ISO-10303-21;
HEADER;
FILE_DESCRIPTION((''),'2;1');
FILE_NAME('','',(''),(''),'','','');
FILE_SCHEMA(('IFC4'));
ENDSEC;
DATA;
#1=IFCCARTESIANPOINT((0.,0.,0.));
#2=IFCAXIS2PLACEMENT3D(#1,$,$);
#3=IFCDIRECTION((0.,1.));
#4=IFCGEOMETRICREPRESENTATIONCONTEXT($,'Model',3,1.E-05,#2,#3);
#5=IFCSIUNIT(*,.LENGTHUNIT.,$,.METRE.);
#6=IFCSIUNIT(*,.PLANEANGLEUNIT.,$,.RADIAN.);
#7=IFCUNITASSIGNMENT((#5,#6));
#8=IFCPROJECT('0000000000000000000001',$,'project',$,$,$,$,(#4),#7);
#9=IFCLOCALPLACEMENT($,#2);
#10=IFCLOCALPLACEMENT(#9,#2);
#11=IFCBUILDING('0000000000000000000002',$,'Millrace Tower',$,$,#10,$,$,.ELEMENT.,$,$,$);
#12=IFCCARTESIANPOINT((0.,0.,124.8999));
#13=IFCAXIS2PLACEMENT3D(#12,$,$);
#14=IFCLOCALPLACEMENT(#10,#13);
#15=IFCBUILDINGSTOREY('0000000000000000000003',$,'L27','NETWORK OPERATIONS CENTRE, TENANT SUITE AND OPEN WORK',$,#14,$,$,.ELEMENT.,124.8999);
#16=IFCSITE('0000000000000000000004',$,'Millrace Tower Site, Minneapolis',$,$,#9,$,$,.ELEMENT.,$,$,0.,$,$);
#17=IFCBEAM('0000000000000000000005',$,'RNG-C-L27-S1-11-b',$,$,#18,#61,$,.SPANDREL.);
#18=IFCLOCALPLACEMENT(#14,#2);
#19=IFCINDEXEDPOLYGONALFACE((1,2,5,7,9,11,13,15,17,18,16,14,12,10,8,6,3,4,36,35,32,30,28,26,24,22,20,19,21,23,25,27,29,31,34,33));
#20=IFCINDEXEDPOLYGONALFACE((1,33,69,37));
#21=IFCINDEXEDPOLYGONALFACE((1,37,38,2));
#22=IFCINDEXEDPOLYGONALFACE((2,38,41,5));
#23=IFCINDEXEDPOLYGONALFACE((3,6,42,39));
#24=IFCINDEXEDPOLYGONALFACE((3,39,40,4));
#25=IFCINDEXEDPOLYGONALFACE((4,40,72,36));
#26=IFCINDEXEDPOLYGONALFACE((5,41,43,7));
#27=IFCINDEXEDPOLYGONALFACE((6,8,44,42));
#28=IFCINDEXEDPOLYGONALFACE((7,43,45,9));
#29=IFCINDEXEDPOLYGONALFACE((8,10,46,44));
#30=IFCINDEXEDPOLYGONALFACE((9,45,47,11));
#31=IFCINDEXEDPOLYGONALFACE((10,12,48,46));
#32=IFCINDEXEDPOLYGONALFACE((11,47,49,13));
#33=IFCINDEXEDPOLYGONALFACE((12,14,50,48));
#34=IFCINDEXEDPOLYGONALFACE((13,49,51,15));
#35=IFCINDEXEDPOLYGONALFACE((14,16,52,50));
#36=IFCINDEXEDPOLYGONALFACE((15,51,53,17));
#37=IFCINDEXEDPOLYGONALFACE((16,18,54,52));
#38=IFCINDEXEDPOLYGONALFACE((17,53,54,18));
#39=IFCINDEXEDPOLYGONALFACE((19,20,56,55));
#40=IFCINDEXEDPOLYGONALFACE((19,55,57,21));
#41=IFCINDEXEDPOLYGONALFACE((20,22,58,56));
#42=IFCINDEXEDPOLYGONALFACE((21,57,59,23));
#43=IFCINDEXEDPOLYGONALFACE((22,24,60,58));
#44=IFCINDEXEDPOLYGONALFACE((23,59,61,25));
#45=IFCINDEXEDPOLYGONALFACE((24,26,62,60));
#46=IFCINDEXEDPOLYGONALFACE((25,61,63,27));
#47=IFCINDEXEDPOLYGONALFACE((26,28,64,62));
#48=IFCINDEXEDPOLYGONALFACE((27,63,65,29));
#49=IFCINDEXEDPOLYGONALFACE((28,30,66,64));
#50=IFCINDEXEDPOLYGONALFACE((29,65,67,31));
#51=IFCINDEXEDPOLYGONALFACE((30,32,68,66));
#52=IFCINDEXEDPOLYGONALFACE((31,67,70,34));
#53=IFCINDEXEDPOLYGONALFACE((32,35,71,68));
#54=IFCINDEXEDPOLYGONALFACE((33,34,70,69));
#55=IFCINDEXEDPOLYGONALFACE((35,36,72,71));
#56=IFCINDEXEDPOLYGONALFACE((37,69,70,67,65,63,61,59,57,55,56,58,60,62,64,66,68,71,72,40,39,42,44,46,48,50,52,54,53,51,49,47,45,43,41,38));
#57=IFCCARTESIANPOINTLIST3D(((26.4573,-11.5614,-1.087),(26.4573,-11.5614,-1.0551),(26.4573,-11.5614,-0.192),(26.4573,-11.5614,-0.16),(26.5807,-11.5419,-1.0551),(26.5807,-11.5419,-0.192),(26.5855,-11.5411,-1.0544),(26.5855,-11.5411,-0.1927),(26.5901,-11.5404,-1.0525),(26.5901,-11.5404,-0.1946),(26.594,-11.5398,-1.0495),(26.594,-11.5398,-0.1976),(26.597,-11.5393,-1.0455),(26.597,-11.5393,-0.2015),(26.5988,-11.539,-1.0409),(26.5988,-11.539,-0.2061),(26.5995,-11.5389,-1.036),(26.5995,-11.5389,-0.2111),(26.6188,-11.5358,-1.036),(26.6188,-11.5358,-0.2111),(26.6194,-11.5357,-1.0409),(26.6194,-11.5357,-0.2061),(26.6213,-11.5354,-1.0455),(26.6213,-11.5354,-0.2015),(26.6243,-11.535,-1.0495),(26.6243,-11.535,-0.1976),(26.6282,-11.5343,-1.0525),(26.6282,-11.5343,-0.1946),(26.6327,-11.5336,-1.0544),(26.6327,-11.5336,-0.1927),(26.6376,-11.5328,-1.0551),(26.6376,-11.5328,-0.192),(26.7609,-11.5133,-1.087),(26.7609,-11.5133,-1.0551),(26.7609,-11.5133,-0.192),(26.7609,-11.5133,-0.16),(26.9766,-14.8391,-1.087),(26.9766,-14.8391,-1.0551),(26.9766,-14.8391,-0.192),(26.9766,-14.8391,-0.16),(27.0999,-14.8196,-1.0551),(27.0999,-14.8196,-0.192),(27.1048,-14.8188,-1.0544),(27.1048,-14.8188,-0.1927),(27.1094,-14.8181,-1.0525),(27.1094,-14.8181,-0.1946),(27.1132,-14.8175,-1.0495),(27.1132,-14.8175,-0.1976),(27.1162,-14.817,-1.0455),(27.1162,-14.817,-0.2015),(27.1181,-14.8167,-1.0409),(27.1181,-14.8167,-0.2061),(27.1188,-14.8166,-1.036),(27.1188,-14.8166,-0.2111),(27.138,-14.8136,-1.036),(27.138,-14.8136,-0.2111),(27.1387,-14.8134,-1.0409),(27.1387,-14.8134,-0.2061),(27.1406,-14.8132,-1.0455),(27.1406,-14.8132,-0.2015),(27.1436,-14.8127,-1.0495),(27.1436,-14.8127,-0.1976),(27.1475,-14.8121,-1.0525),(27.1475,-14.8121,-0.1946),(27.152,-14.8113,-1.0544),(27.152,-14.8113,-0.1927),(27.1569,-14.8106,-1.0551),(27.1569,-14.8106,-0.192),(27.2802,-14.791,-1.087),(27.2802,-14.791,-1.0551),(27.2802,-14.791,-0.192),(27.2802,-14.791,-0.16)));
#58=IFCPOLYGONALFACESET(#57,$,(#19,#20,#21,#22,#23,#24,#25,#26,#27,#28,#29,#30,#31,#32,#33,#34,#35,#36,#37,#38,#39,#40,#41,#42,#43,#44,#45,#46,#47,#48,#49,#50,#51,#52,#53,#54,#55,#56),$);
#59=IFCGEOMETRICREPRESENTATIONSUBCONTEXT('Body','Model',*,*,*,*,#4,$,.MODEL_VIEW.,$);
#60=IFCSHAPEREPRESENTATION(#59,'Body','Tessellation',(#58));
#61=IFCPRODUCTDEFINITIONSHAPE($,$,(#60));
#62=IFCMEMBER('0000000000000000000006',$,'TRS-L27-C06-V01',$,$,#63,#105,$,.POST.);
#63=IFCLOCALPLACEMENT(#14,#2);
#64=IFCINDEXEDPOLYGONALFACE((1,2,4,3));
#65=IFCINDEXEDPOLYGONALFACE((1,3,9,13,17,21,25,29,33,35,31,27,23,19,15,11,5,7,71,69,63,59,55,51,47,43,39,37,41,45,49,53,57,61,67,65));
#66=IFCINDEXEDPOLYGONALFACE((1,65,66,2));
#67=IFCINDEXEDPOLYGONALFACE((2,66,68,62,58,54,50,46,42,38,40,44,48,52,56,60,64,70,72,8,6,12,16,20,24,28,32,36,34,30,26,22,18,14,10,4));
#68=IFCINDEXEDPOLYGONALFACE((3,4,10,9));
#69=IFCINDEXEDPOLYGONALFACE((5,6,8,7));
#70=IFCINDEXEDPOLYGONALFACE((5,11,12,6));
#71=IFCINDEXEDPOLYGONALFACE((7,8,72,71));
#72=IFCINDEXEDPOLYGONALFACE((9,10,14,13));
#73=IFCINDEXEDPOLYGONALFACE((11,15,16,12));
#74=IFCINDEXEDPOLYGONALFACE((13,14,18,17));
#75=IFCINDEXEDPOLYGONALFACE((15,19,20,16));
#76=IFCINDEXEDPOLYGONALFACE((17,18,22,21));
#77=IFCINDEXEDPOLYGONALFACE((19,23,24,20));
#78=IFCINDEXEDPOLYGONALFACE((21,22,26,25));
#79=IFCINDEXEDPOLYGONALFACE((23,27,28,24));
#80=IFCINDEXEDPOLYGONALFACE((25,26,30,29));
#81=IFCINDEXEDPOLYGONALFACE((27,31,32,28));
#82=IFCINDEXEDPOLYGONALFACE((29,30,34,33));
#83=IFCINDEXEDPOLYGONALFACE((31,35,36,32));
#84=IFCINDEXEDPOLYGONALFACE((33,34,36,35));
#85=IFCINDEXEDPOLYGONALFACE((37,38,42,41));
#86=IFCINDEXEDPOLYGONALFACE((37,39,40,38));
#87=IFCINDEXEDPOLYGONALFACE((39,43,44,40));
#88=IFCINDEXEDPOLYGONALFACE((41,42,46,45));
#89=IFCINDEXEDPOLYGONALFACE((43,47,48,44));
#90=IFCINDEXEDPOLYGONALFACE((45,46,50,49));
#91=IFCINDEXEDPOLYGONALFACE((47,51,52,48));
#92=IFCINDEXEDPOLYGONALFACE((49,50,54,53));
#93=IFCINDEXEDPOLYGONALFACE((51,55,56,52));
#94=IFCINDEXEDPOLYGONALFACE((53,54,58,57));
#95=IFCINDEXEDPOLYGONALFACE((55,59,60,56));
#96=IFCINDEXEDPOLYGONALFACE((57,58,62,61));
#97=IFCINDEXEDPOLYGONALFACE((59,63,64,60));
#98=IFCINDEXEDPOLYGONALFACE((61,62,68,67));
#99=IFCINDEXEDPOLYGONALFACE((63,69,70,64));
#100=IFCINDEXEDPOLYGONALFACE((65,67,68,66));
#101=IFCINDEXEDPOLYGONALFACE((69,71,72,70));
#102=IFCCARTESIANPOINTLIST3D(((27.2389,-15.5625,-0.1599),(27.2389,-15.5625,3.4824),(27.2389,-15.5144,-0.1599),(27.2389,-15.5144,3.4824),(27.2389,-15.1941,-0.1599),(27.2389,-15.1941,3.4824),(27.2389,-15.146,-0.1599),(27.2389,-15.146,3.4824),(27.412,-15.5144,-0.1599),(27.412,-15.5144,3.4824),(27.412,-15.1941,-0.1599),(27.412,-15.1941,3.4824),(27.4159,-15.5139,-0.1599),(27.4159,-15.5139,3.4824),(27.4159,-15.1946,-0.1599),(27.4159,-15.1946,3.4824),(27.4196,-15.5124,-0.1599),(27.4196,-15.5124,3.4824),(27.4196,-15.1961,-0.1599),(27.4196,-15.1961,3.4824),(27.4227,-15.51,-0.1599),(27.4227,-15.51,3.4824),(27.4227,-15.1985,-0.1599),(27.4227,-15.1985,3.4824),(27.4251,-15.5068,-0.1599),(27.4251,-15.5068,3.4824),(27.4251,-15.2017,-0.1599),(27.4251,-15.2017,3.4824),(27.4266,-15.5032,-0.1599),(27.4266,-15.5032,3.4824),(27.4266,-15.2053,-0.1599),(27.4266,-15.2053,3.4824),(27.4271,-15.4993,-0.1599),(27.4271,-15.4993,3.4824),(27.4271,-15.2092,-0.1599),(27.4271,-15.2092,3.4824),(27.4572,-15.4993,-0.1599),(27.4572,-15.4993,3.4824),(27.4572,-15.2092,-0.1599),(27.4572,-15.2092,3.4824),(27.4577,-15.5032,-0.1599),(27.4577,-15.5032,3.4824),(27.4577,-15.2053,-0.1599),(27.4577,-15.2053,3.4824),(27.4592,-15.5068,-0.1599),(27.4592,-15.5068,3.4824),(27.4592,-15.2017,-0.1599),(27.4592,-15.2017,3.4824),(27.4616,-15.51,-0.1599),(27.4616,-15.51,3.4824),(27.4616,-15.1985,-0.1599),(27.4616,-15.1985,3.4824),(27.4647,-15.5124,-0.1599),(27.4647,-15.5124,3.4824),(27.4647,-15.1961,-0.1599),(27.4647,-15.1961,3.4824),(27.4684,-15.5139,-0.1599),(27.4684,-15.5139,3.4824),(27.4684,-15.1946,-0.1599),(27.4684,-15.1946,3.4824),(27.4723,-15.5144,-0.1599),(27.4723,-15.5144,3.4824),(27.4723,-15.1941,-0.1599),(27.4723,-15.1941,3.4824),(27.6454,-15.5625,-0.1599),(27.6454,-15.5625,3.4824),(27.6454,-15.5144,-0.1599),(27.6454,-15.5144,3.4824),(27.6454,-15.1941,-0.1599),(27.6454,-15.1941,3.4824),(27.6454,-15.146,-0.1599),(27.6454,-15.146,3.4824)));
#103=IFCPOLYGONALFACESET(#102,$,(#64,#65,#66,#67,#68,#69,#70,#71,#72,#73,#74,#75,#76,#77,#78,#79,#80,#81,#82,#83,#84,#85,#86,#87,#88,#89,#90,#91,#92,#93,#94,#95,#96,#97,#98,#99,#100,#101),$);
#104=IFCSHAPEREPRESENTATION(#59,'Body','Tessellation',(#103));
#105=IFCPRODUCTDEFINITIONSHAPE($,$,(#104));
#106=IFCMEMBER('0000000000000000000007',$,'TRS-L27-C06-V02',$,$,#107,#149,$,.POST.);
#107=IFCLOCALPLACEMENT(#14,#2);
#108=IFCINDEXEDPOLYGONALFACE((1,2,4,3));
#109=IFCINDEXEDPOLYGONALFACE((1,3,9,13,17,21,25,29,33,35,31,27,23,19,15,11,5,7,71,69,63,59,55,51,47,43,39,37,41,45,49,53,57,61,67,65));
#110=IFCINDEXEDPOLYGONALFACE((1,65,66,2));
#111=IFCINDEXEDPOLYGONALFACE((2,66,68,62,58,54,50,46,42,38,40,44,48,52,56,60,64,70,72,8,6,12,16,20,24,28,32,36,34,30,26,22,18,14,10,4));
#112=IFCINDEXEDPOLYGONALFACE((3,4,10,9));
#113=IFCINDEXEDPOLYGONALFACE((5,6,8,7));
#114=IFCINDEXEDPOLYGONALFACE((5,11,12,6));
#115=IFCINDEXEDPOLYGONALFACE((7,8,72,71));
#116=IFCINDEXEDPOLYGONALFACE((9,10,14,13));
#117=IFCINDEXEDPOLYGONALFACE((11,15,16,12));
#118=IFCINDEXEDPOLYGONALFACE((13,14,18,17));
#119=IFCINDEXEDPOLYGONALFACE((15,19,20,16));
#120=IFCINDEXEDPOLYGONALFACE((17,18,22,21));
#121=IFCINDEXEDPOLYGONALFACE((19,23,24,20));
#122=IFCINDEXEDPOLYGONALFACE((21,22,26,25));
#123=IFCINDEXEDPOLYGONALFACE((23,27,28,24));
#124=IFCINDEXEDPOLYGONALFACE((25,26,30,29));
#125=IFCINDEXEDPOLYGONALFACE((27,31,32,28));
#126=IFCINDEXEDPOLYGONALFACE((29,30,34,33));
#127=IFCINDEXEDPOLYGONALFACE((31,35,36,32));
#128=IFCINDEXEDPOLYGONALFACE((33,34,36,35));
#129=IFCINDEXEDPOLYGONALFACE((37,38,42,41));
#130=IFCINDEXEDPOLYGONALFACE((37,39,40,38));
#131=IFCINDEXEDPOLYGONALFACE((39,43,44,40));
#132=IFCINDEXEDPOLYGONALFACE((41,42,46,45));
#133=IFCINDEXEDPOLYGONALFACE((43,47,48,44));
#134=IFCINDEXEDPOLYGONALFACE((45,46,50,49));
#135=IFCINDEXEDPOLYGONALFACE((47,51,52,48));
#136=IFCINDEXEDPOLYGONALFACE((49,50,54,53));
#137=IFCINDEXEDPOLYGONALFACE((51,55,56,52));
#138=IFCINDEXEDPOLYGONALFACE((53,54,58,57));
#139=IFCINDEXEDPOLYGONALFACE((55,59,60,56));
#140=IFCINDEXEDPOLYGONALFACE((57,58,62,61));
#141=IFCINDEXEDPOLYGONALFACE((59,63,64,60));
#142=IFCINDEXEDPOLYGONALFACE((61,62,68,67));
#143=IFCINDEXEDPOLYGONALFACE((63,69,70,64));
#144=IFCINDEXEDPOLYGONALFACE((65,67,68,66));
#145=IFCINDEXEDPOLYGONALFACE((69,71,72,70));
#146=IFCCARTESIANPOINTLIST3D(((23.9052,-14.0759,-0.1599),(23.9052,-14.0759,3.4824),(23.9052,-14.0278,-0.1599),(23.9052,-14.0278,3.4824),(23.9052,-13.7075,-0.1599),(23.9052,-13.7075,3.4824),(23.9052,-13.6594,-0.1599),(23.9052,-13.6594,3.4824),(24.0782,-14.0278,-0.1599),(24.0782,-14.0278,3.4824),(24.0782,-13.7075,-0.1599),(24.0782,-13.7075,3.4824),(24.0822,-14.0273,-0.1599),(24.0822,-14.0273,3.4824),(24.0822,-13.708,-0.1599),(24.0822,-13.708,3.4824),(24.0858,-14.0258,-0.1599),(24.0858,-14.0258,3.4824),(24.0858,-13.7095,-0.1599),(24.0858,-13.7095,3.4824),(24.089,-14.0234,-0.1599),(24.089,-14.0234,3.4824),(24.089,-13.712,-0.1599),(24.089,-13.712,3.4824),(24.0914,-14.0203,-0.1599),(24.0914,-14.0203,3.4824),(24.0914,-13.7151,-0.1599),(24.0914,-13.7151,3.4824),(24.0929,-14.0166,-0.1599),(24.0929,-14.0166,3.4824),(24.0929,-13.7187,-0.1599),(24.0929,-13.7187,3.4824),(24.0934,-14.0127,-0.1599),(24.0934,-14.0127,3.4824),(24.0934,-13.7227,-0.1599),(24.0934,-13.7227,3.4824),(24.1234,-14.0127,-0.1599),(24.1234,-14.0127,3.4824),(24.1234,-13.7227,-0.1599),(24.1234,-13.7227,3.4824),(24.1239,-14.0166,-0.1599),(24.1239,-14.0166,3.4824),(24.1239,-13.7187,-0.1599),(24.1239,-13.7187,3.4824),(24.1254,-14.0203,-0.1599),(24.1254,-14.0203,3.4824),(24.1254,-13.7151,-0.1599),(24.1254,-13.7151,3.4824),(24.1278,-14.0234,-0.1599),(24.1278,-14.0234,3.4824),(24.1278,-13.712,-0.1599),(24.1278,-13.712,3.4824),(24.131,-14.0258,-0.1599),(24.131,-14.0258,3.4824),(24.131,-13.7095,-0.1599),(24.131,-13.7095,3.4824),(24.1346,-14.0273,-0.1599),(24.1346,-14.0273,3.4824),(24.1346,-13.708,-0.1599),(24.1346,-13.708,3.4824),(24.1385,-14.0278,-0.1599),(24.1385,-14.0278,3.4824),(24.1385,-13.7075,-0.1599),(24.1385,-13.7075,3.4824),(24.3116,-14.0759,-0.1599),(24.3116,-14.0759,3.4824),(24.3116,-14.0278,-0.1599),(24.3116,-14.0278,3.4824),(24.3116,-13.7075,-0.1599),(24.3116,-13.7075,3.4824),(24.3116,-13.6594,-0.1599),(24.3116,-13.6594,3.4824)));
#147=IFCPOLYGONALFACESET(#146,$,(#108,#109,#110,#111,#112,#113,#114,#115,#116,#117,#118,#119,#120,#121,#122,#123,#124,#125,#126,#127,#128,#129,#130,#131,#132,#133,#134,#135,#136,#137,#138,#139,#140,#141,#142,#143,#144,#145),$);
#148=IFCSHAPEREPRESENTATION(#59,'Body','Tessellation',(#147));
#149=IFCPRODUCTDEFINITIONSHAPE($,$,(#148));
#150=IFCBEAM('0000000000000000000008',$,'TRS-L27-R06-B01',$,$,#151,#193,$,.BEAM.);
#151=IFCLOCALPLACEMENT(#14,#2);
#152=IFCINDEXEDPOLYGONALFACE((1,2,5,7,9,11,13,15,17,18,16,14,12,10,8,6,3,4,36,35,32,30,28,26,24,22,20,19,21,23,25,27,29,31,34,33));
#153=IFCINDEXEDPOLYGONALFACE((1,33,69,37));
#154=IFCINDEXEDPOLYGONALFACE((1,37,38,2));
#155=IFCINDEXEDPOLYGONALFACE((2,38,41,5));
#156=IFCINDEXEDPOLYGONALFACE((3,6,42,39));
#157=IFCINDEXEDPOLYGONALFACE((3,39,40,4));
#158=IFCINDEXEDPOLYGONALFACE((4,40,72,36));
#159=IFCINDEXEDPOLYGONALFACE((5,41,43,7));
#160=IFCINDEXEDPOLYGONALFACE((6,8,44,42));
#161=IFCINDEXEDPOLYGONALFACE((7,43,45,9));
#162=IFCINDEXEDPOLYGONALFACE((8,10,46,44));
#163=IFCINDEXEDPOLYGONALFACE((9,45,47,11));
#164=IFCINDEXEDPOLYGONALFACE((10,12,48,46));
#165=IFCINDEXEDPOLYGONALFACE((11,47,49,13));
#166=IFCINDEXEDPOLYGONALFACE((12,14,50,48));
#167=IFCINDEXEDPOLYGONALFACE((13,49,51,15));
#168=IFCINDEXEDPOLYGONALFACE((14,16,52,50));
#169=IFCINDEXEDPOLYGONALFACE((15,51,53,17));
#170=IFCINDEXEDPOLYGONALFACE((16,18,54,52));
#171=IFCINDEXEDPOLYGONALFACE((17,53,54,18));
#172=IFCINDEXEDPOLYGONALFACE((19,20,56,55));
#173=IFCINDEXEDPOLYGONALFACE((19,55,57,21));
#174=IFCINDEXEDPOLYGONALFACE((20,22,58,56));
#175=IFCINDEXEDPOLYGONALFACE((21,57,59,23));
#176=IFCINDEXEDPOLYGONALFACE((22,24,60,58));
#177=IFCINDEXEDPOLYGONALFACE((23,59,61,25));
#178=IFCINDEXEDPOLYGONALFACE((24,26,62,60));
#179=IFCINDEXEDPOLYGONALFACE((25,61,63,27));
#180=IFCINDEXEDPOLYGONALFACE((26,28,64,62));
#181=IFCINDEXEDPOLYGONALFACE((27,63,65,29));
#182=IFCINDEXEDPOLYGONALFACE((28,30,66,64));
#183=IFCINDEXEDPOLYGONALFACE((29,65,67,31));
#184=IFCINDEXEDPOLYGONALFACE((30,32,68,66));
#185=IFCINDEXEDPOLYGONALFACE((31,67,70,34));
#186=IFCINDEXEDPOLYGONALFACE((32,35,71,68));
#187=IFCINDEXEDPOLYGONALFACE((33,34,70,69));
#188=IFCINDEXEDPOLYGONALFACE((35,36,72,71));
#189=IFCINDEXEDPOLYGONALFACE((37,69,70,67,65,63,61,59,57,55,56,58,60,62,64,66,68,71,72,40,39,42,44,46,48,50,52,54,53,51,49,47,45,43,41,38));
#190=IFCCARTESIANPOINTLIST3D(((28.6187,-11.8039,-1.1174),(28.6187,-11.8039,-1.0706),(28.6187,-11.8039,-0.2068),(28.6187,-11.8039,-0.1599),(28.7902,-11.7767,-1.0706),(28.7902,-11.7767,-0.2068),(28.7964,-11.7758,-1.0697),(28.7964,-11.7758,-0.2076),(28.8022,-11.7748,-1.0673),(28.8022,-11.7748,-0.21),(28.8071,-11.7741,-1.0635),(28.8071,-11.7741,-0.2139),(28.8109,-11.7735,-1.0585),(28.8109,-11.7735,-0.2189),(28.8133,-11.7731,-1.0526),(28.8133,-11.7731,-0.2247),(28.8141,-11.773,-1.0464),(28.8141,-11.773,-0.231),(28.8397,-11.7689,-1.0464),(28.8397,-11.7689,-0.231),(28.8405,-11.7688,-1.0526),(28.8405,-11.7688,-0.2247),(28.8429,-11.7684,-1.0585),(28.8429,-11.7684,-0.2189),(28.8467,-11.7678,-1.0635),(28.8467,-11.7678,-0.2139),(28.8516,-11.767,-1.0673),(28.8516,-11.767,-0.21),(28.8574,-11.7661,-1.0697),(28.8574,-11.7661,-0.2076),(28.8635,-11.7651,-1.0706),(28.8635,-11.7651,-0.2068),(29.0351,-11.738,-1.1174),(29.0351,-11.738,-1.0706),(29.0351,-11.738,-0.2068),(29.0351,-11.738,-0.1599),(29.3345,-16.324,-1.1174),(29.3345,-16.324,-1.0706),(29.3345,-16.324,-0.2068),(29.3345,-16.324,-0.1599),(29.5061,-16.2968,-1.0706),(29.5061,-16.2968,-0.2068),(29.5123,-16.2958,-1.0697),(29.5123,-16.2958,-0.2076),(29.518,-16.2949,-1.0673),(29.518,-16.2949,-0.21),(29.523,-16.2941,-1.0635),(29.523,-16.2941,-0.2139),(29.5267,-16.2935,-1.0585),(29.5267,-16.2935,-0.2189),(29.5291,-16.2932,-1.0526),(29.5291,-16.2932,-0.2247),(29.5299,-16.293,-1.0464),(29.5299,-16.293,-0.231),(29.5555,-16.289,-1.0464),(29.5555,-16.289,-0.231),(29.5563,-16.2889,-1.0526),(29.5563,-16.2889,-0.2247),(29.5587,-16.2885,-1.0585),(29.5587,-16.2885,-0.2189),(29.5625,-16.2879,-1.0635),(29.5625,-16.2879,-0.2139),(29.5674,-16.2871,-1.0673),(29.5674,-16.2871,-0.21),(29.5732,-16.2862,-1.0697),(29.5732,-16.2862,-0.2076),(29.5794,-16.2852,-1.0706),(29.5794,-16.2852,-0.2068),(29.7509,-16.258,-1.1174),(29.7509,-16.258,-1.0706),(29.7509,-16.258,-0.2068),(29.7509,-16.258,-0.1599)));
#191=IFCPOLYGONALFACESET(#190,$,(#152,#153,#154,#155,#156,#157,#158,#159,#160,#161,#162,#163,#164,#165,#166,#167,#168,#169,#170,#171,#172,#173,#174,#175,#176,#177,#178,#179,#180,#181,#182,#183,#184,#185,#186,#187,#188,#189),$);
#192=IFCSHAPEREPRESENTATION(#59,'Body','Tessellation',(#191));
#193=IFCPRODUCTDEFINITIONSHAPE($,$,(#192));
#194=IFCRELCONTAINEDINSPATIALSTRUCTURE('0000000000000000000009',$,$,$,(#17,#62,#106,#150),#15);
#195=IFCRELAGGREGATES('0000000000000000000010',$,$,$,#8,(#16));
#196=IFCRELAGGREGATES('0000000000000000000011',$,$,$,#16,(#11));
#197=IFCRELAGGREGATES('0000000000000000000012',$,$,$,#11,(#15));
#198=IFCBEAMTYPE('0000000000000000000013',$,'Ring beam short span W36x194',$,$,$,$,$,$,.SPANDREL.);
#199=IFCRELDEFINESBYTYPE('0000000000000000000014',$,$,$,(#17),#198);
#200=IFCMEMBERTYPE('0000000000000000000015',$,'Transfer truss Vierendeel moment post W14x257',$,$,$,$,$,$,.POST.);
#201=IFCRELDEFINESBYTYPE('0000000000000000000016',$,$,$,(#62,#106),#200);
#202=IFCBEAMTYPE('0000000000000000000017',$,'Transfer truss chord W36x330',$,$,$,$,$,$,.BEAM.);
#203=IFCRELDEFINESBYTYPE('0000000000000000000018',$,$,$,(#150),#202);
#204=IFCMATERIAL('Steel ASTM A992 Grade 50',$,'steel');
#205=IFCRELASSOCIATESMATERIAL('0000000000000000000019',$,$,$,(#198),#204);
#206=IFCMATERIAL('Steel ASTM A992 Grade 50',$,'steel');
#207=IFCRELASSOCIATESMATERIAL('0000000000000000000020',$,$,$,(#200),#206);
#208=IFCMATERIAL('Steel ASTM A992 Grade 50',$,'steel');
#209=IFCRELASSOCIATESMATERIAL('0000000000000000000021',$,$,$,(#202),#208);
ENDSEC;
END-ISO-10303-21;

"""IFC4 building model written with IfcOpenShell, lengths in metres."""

from ifc_helpers import new_model, si_unit, direction, frame, origin, origin_2d, place, context, subcontext, project, spatial, i_section, extrude, material, material_profile, profile_set, type_object, element, save


model = new_model("IFC4")

# Units and contexts
model_context = context("Model", 3, precision=1e-05, world=origin(), true_north=direction((0.0, 1.0)))
body_context = subcontext(model_context, "Body", "Model", "MODEL_VIEW")
ifc_project = project(units=[si_unit("LENGTHUNIT", "METRE"), si_unit("PLANEANGLEUNIT", "RADIAN")], contexts=[model_context])

# Site, building, storey
site_placement = place(None, origin())
site = spatial("IfcSite", under=ifc_project, at=site_placement, Name="Millrace Tower Site, Minneapolis", CompositionType="ELEMENT", RefElevation=0.0)
building_placement = place(site_placement, origin())
building = spatial("IfcBuilding", under=site, at=building_placement, Name="Millrace Tower", CompositionType="ELEMENT")
storey_placement = place(building_placement, frame((0.0, 0.0, 124.8999)))
storey = spatial("IfcBuildingStorey", under=building, at=storey_placement, Name="L27", Description="NETWORK OPERATIONS CENTRE, TENANT SUITE AND OPEN WORK", CompositionType="ELEMENT", Elevation=124.8999)

# Beam
ifc_material_1 = material(Name="Steel ASTM A992 Grade 50", Category="steel")
ifc_material_profile_1 = material_profile(ifc_material_1, i_section(OverallWidth=0.3074, OverallDepth=0.927, WebThickness=0.0195, FlangeThickness=0.032, FilletRadius=0.019, at=origin_2d()))
ifc_profile_set_1 = profile_set([ifc_material_profile_1], Name="Steel ASTM A992 Grade 50")
beam_type_1 = type_object("IfcBeamType", Name="Ring beam short span W36x194", PredefinedType="SPANDREL", material=ifc_profile_set_1)
beam_1_placement = place(storey_placement, frame((26.6091, -11.5374, -0.6235), z_axis=(0.156473, -0.987682, 0.0), x_axis=(0.987682, 0.156473, 0.0)))
element("IfcBeam", 1, at=beam_1_placement, inside=storey, type_object=beam_type_1, Name="RNG-C-L27-S1-11-b", PredefinedType="SPANDREL", context=body_context, shape_type="SweptSolid", body=[
    extrude(i_section(OverallWidth=0.3074, OverallDepth=0.927, WebThickness=0.0195, FlangeThickness=0.032, FilletRadius=0.019, at=origin_2d()), origin(), (0.0, 0.0, 1.0), 3.3186),
])

# Members
ifc_material_2 = material(Name="Steel ASTM A992 Grade 50", Category="steel")
ifc_material_profile_2 = material_profile(ifc_material_2, i_section(OverallWidth=0.4065, OverallDepth=0.4165, WebThickness=0.03, FlangeThickness=0.0481, FilletRadius=0.0151, at=origin_2d()))
ifc_profile_set_2 = profile_set([ifc_material_profile_2], Name="Steel ASTM A992 Grade 50")
member_type_1 = type_object("IfcMemberType", Name="Transfer truss Vierendeel moment post W14x257", PredefinedType="POST", material=ifc_profile_set_2)
for number, where, z_axis, x_axis, name in (
    (2, (27.4421, -15.3542, -0.1599), (0.0, 0.0, 1.0), (1.0, 0.0, 0.0), "TRS-L27-C06-V01"),
    (3, (24.1084, -13.8677, -0.1599), (0.0, 0.0, 1.0), (1.0, 0.0, 0.0), "TRS-L27-C06-V02"),
):
    element("IfcMember", number, at=place(storey_placement, frame(where, z_axis=z_axis, x_axis=x_axis)), inside=storey, type_object=member_type_1, Name=name, PredefinedType="POST", context=body_context, shape_type="SweptSolid", body=[
        extrude(i_section(OverallWidth=0.4065, OverallDepth=0.4165, WebThickness=0.03, FlangeThickness=0.0481, FilletRadius=0.0151, at=origin_2d()), origin(), (0.0, 0.0, 1.0), 3.6423),
    ])

# Beam
ifc_material_3 = material(Name="Steel ASTM A992 Grade 50", Category="steel")
ifc_material_profile_3 = material_profile(ifc_material_3, i_section(OverallWidth=0.4216, OverallDepth=0.9575, WebThickness=0.0259, FlangeThickness=0.0469, FilletRadius=0.0242, at=origin_2d()))
ifc_profile_set_3 = profile_set([ifc_material_profile_3], Name="Steel ASTM A992 Grade 50")
beam_type_2 = type_object("IfcBeamType", Name="Transfer truss chord W36x330", PredefinedType="BEAM", material=ifc_profile_set_3)
for number, where, z_axis, x_axis, name in (
    (4, (29.5427, -16.291, -0.6387), (-0.156417, 0.987691, 0.0), (-0.987691, -0.156417, 0.0), "TRS-L27-R06-B01"),
):
    element("IfcBeam", number, at=place(storey_placement, frame(where, z_axis=z_axis, x_axis=x_axis)), inside=storey, type_object=beam_type_2, Name=name, PredefinedType="BEAM", context=body_context, shape_type="SweptSolid", body=[
        extrude(i_section(OverallWidth=0.4216, OverallDepth=0.9575, WebThickness=0.0259, FlangeThickness=0.0469, FilletRadius=0.0242, at=origin_2d()), origin(), (0.0, 0.0, 1.0), 4.5764),
    ])

save(model, "model.ifc")
